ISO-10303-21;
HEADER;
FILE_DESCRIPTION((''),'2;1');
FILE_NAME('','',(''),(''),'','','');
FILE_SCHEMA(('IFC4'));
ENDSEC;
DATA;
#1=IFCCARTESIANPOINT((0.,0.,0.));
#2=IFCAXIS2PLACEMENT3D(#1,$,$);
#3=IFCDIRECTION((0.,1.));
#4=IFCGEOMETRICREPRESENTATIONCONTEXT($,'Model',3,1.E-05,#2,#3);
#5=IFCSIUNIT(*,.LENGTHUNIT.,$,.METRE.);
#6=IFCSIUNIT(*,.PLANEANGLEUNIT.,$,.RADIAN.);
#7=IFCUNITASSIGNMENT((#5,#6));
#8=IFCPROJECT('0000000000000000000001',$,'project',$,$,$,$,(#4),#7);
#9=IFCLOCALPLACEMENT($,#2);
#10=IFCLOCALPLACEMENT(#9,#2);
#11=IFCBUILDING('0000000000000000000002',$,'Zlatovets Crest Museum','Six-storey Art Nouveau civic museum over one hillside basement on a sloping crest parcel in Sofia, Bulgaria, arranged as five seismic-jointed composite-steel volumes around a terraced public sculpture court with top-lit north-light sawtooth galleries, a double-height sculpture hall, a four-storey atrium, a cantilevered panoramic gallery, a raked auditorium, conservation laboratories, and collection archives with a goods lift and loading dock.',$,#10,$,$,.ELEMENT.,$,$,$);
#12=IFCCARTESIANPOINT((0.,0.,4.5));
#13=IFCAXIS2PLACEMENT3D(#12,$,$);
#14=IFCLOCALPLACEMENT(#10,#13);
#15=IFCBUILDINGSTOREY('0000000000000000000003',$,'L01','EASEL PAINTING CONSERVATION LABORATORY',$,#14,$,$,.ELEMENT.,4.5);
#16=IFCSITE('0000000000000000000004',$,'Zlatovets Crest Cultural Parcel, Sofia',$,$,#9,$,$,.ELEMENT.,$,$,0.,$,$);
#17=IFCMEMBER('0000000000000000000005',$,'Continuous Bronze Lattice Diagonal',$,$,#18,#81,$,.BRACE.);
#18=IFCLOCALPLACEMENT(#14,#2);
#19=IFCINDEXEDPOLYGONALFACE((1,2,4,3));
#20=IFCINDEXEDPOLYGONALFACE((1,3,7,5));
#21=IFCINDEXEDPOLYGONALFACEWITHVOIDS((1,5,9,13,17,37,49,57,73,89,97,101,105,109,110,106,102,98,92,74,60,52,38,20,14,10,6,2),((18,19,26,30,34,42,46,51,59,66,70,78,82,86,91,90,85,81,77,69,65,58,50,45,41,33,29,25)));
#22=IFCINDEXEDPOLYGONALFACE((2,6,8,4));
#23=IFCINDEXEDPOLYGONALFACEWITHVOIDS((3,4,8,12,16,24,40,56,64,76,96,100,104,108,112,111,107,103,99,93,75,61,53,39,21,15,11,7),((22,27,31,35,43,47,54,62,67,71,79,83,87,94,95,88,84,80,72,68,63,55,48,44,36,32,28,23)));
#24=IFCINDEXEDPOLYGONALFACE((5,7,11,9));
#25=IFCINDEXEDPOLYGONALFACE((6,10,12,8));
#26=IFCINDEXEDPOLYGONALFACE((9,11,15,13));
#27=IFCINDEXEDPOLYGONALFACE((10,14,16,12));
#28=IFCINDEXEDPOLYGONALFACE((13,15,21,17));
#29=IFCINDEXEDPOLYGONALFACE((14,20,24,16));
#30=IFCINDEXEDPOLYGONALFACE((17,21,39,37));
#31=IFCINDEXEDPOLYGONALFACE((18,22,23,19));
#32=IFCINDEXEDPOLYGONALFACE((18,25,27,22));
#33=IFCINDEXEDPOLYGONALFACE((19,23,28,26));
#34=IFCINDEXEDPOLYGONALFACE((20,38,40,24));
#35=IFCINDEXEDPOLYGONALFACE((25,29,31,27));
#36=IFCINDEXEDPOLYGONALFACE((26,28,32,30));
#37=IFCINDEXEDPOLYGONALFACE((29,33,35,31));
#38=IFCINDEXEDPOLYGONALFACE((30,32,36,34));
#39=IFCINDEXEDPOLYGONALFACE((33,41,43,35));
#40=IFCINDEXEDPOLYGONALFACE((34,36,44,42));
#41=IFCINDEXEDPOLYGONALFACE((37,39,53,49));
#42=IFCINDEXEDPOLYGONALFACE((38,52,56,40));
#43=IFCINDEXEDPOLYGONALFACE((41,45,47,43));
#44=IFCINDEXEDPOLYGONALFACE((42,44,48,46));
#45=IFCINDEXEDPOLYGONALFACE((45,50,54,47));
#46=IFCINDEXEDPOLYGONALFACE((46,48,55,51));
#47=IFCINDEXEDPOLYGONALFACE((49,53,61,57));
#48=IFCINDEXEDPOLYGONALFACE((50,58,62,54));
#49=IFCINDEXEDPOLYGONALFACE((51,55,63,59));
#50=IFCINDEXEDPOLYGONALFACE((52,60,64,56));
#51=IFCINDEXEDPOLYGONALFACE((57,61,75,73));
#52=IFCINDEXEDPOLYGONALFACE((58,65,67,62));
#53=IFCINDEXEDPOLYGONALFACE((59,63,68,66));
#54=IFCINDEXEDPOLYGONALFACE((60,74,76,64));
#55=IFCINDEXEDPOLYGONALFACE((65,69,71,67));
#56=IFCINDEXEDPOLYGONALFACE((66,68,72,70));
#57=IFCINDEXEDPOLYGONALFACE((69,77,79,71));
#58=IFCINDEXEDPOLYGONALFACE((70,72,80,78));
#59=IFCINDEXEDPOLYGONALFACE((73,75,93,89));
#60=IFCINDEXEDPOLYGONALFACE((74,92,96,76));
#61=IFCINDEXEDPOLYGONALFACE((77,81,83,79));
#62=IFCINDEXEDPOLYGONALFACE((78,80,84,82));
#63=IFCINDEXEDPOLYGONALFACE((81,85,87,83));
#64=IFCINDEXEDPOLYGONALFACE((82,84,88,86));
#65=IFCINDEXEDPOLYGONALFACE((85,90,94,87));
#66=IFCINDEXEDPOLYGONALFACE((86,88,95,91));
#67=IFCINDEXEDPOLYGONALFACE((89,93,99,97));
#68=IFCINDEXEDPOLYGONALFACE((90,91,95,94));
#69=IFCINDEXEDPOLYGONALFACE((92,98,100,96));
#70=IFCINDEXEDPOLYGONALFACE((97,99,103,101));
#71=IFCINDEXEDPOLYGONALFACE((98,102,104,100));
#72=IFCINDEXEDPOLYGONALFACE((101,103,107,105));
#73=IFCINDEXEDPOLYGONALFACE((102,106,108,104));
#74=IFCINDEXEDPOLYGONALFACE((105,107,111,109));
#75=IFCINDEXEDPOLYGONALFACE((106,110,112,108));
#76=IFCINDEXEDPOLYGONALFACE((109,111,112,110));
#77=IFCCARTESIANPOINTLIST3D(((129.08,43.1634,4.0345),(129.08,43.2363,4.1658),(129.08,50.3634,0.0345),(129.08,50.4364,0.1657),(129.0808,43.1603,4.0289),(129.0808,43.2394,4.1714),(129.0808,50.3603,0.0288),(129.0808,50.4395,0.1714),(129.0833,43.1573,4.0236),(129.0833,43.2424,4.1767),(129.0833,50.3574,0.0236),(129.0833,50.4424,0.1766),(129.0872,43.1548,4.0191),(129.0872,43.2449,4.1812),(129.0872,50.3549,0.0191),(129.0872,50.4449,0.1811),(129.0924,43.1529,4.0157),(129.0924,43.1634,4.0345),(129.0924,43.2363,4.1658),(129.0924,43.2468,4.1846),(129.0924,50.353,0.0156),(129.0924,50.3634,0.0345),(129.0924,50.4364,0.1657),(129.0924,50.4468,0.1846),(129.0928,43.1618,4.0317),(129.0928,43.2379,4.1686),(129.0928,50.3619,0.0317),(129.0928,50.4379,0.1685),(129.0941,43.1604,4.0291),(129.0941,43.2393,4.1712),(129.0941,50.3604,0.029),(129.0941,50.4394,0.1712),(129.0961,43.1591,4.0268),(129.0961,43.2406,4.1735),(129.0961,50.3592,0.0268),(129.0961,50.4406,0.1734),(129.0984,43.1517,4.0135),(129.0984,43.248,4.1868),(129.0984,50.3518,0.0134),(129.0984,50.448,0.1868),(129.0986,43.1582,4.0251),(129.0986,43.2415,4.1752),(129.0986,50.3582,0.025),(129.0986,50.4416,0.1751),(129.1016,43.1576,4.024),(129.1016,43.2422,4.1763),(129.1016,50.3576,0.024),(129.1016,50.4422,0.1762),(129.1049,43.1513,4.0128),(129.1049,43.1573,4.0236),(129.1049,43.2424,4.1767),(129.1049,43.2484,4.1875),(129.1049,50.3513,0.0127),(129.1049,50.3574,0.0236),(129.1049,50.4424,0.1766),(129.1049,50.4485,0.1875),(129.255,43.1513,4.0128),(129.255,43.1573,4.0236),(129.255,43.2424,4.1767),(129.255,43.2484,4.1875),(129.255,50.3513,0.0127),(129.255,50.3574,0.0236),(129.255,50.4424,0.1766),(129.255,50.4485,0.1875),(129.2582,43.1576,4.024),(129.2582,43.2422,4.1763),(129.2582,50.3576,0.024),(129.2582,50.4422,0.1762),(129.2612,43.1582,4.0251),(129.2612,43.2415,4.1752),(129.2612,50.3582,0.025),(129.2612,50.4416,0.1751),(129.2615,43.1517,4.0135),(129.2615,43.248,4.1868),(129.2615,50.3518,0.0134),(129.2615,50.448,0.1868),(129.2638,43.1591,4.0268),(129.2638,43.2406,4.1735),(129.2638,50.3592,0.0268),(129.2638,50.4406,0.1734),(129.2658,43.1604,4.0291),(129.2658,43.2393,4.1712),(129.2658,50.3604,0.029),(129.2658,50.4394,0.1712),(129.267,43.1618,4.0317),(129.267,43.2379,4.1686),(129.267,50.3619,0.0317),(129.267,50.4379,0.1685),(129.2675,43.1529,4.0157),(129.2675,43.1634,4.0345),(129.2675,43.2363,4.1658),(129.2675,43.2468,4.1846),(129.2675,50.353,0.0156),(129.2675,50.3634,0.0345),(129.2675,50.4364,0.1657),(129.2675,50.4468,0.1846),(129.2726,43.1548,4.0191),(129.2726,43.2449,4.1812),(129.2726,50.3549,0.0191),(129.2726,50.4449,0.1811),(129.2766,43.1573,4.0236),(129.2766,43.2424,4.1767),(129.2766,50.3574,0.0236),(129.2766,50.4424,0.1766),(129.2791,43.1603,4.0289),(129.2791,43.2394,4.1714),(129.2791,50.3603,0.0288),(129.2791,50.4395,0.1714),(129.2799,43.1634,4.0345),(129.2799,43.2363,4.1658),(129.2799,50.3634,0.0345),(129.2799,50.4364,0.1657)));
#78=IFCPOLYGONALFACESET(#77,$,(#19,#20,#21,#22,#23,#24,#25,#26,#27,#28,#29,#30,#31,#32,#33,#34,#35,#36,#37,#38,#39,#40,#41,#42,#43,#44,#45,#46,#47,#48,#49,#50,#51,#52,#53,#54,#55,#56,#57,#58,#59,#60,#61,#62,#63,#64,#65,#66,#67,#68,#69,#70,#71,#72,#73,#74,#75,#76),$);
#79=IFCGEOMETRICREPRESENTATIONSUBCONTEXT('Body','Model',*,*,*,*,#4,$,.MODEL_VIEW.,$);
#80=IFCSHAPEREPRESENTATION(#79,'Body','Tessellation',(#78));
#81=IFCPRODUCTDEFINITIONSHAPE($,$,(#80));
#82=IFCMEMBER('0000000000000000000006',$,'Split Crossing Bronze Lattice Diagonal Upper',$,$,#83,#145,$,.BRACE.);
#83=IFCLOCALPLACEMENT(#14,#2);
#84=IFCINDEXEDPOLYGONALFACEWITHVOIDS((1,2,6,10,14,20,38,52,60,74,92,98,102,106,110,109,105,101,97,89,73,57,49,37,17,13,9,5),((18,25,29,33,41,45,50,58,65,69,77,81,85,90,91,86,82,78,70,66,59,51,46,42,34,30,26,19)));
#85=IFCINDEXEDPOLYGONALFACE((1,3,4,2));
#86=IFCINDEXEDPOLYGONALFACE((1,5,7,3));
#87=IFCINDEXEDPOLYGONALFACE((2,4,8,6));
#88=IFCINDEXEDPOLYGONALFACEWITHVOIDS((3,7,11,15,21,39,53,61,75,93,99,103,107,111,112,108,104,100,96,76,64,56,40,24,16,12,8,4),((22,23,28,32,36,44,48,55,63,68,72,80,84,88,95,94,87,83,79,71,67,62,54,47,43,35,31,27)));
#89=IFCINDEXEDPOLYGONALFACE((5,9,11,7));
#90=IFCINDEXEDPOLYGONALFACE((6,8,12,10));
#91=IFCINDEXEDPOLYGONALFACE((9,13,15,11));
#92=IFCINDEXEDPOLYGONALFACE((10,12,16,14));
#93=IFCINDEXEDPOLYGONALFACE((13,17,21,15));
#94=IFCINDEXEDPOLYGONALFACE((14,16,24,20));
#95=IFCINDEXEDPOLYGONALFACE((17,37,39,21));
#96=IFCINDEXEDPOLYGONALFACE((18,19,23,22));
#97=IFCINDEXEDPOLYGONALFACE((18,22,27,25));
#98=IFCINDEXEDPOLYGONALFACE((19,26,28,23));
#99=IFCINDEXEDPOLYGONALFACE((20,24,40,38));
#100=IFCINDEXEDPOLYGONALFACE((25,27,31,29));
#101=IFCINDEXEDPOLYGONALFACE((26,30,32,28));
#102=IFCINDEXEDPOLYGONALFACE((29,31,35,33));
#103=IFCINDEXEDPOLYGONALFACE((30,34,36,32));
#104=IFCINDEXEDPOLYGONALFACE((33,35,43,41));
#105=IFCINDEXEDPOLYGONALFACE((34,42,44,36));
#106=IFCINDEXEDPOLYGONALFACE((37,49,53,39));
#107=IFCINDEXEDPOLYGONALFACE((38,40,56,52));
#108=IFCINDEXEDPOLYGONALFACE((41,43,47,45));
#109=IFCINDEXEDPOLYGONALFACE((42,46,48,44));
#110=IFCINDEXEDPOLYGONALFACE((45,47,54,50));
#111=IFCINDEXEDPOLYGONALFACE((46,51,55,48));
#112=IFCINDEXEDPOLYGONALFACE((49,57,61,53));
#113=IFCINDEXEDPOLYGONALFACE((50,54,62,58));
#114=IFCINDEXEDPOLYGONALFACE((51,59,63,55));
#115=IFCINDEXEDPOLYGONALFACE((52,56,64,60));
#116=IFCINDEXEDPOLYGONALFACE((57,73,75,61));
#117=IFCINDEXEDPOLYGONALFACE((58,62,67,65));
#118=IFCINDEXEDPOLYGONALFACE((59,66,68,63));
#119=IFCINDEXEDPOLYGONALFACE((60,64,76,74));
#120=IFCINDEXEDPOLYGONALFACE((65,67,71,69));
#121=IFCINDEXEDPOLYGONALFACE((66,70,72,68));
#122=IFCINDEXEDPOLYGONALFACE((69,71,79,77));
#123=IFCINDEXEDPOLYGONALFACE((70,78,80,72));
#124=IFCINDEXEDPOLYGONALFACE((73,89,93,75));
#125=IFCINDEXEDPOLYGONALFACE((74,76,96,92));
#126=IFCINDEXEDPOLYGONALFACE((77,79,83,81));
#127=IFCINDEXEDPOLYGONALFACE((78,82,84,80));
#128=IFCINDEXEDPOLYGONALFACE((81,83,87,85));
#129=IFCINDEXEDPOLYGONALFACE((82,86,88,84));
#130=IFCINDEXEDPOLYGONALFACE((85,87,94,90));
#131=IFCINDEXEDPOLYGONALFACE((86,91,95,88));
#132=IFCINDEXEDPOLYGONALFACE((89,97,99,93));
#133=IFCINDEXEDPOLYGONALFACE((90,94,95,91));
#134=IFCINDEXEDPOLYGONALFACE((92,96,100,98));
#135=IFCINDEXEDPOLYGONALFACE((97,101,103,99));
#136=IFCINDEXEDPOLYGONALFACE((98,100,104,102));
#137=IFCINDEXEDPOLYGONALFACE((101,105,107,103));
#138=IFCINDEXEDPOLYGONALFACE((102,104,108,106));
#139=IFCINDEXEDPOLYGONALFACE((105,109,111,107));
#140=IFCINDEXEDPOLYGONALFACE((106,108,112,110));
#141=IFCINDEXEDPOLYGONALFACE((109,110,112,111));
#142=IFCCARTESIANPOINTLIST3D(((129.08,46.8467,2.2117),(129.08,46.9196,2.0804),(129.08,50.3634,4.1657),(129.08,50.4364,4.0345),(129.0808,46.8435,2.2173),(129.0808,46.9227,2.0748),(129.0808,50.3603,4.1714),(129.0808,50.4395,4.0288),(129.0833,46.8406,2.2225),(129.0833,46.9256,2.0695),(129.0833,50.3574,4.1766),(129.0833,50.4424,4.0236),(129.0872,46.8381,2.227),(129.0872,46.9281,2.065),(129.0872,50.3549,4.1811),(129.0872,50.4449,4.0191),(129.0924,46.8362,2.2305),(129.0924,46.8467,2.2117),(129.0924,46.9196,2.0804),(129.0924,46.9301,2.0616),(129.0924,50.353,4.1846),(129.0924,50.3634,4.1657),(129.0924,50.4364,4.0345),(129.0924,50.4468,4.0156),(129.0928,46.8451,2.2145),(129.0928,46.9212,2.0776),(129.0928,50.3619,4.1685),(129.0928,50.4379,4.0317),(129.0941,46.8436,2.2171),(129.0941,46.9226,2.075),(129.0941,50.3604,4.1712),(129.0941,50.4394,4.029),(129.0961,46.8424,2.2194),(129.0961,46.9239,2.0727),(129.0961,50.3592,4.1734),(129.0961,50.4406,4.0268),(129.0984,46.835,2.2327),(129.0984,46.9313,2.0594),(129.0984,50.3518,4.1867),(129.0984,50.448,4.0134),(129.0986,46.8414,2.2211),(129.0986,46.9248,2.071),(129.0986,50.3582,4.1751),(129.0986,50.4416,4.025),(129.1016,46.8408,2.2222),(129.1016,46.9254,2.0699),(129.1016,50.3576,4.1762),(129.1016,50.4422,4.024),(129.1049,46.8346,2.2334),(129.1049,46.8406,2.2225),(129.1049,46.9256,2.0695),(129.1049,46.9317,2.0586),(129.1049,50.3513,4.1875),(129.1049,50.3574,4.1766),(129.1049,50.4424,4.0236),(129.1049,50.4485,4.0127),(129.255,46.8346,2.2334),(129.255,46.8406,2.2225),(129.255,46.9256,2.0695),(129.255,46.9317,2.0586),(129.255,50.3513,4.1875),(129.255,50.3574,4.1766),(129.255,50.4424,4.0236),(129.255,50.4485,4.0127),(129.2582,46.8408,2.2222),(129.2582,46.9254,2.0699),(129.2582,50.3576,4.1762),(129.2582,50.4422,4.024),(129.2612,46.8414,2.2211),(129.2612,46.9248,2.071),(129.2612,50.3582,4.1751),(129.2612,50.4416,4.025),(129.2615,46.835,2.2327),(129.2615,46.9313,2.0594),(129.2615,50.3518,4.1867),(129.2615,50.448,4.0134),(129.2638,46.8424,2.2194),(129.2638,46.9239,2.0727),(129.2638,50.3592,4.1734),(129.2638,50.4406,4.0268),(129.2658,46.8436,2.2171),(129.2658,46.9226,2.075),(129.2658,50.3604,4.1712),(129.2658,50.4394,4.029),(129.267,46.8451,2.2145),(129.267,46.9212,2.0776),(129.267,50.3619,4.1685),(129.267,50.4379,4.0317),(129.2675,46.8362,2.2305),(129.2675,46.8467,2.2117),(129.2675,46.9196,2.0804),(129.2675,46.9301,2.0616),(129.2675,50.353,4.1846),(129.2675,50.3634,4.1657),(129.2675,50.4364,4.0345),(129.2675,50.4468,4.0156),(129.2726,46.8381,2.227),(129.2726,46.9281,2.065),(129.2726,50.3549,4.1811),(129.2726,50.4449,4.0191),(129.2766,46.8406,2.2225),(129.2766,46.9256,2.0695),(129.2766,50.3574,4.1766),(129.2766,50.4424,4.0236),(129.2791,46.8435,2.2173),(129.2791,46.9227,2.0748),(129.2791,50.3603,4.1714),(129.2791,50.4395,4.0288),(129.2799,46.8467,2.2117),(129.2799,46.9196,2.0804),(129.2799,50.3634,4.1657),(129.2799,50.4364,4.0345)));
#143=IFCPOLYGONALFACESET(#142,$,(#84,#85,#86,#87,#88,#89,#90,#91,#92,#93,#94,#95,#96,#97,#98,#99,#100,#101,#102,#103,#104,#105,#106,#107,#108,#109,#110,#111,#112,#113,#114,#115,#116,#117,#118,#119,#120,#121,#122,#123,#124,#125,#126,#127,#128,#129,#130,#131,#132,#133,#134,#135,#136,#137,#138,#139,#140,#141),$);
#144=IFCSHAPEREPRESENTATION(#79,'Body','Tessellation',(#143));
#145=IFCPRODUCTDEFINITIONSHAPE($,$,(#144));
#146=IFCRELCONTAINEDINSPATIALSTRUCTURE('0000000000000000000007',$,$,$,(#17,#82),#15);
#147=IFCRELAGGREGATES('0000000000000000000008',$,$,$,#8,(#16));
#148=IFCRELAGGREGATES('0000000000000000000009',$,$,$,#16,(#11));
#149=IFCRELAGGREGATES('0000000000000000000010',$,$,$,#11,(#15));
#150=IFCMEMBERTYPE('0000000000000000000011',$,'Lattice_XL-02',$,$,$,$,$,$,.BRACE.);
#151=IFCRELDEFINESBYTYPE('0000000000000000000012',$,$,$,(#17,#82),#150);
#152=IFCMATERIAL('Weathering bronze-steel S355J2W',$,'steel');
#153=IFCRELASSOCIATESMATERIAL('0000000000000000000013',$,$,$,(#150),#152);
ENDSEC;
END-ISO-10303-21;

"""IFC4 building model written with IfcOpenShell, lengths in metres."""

from ifc_helpers import new_model, si_unit, direction, frame, origin, origin_2d, place, context, subcontext, project, spatial, hollow_rectangle, extrude, material, material_profile, profile_set, type_object, element, save


model = new_model("IFC4")

# Units and contexts
model_context = context("Model", 3, precision=1e-05, world=origin(), true_north=direction((0.0, 1.0)))
body_context = subcontext(model_context, "Body", "Model", "MODEL_VIEW")
ifc_project = project(units=[si_unit("LENGTHUNIT", "METRE"), si_unit("PLANEANGLEUNIT", "RADIAN")], contexts=[model_context])

# Site, building, storey
site_placement = place(None, origin())
site = spatial("IfcSite", under=ifc_project, at=site_placement, Name="Zlatovets Crest Cultural Parcel, Sofia", CompositionType="ELEMENT", RefElevation=0.0)
building_placement = place(site_placement, origin())
building = spatial("IfcBuilding", under=site, at=building_placement, Name="Zlatovets Crest Museum", Description="Six-storey Art Nouveau civic museum over one hillside basement on a sloping crest parcel in Sofia, Bulgaria, arranged as five seismic-jointed composite-steel volumes around a terraced public sculpture court with top-lit north-light sawtooth galleries, a double-height sculpture hall, a four-storey atrium, a cantilevered panoramic gallery, a raked auditorium, conservation laboratories, and collection archives with a goods lift and loading dock.", CompositionType="ELEMENT")
storey_placement = place(building_placement, frame((0.0, 0.0, 4.5)))
storey = spatial("IfcBuildingStorey", under=building, at=storey_placement, Name="L01", Description="EASEL PAINTING CONSERVATION LABORATORY", CompositionType="ELEMENT", Elevation=4.5)

# Members
ifc_material_1 = material(Name="Weathering bronze-steel S355J2W", Category="steel")
ifc_material_profile_1 = material_profile(ifc_material_1, hollow_rectangle(XDim=0.2, YDim=0.2, WallThickness=0.0125, InnerFilletRadius=0.0125, OuterFilletRadius=0.0249, at=origin_2d()), Name="SHS 200x200x12.5")
ifc_profile_set_1 = profile_set([ifc_material_profile_1], Name="Weathering bronze-steel S355J2W")
member_type_1 = type_object("IfcMemberType", Name="Lattice_XL-02", PredefinedType="BRACE", material=ifc_profile_set_1)
member_1_placement = place(storey_placement, frame((129.1799, 50.3999, 0.1001), z_axis=(0.0, -0.874156, 0.485645), x_axis=(1.0, 0.0, 0.0)))
element("IfcMember", 1, at=member_1_placement, inside=storey, type_object=member_type_1, Name="Continuous Bronze Lattice Diagonal", PredefinedType="BRACE", context=body_context, shape_type="SweptSolid", body=[
    extrude(hollow_rectangle(XDim=0.2, YDim=0.2, WallThickness=0.0125, InnerFilletRadius=0.0125, OuterFilletRadius=0.0249, at=origin_2d()), origin(), (0.0, 0.0, 1.0), 8.2366),
])
member_2_placement = place(storey_placement, frame((129.1799, 50.3999, 4.1001), z_axis=(0.0, -0.874126, -0.4857), x_axis=(1.0, 0.0, 0.0)))
element("IfcMember", 2, at=member_2_placement, inside=storey, type_object=member_type_1, Name="Split Crossing Bronze Lattice Diagonal Upper", PredefinedType="BRACE", context=body_context, shape_type="SweptSolid", body=[
    extrude(hollow_rectangle(XDim=0.2, YDim=0.2, WallThickness=0.0125, InnerFilletRadius=0.0125, OuterFilletRadius=0.0249, at=origin_2d()), origin(), (0.0, 0.0, 1.0), 4.0232),
])

save(model, "model.ifc")
